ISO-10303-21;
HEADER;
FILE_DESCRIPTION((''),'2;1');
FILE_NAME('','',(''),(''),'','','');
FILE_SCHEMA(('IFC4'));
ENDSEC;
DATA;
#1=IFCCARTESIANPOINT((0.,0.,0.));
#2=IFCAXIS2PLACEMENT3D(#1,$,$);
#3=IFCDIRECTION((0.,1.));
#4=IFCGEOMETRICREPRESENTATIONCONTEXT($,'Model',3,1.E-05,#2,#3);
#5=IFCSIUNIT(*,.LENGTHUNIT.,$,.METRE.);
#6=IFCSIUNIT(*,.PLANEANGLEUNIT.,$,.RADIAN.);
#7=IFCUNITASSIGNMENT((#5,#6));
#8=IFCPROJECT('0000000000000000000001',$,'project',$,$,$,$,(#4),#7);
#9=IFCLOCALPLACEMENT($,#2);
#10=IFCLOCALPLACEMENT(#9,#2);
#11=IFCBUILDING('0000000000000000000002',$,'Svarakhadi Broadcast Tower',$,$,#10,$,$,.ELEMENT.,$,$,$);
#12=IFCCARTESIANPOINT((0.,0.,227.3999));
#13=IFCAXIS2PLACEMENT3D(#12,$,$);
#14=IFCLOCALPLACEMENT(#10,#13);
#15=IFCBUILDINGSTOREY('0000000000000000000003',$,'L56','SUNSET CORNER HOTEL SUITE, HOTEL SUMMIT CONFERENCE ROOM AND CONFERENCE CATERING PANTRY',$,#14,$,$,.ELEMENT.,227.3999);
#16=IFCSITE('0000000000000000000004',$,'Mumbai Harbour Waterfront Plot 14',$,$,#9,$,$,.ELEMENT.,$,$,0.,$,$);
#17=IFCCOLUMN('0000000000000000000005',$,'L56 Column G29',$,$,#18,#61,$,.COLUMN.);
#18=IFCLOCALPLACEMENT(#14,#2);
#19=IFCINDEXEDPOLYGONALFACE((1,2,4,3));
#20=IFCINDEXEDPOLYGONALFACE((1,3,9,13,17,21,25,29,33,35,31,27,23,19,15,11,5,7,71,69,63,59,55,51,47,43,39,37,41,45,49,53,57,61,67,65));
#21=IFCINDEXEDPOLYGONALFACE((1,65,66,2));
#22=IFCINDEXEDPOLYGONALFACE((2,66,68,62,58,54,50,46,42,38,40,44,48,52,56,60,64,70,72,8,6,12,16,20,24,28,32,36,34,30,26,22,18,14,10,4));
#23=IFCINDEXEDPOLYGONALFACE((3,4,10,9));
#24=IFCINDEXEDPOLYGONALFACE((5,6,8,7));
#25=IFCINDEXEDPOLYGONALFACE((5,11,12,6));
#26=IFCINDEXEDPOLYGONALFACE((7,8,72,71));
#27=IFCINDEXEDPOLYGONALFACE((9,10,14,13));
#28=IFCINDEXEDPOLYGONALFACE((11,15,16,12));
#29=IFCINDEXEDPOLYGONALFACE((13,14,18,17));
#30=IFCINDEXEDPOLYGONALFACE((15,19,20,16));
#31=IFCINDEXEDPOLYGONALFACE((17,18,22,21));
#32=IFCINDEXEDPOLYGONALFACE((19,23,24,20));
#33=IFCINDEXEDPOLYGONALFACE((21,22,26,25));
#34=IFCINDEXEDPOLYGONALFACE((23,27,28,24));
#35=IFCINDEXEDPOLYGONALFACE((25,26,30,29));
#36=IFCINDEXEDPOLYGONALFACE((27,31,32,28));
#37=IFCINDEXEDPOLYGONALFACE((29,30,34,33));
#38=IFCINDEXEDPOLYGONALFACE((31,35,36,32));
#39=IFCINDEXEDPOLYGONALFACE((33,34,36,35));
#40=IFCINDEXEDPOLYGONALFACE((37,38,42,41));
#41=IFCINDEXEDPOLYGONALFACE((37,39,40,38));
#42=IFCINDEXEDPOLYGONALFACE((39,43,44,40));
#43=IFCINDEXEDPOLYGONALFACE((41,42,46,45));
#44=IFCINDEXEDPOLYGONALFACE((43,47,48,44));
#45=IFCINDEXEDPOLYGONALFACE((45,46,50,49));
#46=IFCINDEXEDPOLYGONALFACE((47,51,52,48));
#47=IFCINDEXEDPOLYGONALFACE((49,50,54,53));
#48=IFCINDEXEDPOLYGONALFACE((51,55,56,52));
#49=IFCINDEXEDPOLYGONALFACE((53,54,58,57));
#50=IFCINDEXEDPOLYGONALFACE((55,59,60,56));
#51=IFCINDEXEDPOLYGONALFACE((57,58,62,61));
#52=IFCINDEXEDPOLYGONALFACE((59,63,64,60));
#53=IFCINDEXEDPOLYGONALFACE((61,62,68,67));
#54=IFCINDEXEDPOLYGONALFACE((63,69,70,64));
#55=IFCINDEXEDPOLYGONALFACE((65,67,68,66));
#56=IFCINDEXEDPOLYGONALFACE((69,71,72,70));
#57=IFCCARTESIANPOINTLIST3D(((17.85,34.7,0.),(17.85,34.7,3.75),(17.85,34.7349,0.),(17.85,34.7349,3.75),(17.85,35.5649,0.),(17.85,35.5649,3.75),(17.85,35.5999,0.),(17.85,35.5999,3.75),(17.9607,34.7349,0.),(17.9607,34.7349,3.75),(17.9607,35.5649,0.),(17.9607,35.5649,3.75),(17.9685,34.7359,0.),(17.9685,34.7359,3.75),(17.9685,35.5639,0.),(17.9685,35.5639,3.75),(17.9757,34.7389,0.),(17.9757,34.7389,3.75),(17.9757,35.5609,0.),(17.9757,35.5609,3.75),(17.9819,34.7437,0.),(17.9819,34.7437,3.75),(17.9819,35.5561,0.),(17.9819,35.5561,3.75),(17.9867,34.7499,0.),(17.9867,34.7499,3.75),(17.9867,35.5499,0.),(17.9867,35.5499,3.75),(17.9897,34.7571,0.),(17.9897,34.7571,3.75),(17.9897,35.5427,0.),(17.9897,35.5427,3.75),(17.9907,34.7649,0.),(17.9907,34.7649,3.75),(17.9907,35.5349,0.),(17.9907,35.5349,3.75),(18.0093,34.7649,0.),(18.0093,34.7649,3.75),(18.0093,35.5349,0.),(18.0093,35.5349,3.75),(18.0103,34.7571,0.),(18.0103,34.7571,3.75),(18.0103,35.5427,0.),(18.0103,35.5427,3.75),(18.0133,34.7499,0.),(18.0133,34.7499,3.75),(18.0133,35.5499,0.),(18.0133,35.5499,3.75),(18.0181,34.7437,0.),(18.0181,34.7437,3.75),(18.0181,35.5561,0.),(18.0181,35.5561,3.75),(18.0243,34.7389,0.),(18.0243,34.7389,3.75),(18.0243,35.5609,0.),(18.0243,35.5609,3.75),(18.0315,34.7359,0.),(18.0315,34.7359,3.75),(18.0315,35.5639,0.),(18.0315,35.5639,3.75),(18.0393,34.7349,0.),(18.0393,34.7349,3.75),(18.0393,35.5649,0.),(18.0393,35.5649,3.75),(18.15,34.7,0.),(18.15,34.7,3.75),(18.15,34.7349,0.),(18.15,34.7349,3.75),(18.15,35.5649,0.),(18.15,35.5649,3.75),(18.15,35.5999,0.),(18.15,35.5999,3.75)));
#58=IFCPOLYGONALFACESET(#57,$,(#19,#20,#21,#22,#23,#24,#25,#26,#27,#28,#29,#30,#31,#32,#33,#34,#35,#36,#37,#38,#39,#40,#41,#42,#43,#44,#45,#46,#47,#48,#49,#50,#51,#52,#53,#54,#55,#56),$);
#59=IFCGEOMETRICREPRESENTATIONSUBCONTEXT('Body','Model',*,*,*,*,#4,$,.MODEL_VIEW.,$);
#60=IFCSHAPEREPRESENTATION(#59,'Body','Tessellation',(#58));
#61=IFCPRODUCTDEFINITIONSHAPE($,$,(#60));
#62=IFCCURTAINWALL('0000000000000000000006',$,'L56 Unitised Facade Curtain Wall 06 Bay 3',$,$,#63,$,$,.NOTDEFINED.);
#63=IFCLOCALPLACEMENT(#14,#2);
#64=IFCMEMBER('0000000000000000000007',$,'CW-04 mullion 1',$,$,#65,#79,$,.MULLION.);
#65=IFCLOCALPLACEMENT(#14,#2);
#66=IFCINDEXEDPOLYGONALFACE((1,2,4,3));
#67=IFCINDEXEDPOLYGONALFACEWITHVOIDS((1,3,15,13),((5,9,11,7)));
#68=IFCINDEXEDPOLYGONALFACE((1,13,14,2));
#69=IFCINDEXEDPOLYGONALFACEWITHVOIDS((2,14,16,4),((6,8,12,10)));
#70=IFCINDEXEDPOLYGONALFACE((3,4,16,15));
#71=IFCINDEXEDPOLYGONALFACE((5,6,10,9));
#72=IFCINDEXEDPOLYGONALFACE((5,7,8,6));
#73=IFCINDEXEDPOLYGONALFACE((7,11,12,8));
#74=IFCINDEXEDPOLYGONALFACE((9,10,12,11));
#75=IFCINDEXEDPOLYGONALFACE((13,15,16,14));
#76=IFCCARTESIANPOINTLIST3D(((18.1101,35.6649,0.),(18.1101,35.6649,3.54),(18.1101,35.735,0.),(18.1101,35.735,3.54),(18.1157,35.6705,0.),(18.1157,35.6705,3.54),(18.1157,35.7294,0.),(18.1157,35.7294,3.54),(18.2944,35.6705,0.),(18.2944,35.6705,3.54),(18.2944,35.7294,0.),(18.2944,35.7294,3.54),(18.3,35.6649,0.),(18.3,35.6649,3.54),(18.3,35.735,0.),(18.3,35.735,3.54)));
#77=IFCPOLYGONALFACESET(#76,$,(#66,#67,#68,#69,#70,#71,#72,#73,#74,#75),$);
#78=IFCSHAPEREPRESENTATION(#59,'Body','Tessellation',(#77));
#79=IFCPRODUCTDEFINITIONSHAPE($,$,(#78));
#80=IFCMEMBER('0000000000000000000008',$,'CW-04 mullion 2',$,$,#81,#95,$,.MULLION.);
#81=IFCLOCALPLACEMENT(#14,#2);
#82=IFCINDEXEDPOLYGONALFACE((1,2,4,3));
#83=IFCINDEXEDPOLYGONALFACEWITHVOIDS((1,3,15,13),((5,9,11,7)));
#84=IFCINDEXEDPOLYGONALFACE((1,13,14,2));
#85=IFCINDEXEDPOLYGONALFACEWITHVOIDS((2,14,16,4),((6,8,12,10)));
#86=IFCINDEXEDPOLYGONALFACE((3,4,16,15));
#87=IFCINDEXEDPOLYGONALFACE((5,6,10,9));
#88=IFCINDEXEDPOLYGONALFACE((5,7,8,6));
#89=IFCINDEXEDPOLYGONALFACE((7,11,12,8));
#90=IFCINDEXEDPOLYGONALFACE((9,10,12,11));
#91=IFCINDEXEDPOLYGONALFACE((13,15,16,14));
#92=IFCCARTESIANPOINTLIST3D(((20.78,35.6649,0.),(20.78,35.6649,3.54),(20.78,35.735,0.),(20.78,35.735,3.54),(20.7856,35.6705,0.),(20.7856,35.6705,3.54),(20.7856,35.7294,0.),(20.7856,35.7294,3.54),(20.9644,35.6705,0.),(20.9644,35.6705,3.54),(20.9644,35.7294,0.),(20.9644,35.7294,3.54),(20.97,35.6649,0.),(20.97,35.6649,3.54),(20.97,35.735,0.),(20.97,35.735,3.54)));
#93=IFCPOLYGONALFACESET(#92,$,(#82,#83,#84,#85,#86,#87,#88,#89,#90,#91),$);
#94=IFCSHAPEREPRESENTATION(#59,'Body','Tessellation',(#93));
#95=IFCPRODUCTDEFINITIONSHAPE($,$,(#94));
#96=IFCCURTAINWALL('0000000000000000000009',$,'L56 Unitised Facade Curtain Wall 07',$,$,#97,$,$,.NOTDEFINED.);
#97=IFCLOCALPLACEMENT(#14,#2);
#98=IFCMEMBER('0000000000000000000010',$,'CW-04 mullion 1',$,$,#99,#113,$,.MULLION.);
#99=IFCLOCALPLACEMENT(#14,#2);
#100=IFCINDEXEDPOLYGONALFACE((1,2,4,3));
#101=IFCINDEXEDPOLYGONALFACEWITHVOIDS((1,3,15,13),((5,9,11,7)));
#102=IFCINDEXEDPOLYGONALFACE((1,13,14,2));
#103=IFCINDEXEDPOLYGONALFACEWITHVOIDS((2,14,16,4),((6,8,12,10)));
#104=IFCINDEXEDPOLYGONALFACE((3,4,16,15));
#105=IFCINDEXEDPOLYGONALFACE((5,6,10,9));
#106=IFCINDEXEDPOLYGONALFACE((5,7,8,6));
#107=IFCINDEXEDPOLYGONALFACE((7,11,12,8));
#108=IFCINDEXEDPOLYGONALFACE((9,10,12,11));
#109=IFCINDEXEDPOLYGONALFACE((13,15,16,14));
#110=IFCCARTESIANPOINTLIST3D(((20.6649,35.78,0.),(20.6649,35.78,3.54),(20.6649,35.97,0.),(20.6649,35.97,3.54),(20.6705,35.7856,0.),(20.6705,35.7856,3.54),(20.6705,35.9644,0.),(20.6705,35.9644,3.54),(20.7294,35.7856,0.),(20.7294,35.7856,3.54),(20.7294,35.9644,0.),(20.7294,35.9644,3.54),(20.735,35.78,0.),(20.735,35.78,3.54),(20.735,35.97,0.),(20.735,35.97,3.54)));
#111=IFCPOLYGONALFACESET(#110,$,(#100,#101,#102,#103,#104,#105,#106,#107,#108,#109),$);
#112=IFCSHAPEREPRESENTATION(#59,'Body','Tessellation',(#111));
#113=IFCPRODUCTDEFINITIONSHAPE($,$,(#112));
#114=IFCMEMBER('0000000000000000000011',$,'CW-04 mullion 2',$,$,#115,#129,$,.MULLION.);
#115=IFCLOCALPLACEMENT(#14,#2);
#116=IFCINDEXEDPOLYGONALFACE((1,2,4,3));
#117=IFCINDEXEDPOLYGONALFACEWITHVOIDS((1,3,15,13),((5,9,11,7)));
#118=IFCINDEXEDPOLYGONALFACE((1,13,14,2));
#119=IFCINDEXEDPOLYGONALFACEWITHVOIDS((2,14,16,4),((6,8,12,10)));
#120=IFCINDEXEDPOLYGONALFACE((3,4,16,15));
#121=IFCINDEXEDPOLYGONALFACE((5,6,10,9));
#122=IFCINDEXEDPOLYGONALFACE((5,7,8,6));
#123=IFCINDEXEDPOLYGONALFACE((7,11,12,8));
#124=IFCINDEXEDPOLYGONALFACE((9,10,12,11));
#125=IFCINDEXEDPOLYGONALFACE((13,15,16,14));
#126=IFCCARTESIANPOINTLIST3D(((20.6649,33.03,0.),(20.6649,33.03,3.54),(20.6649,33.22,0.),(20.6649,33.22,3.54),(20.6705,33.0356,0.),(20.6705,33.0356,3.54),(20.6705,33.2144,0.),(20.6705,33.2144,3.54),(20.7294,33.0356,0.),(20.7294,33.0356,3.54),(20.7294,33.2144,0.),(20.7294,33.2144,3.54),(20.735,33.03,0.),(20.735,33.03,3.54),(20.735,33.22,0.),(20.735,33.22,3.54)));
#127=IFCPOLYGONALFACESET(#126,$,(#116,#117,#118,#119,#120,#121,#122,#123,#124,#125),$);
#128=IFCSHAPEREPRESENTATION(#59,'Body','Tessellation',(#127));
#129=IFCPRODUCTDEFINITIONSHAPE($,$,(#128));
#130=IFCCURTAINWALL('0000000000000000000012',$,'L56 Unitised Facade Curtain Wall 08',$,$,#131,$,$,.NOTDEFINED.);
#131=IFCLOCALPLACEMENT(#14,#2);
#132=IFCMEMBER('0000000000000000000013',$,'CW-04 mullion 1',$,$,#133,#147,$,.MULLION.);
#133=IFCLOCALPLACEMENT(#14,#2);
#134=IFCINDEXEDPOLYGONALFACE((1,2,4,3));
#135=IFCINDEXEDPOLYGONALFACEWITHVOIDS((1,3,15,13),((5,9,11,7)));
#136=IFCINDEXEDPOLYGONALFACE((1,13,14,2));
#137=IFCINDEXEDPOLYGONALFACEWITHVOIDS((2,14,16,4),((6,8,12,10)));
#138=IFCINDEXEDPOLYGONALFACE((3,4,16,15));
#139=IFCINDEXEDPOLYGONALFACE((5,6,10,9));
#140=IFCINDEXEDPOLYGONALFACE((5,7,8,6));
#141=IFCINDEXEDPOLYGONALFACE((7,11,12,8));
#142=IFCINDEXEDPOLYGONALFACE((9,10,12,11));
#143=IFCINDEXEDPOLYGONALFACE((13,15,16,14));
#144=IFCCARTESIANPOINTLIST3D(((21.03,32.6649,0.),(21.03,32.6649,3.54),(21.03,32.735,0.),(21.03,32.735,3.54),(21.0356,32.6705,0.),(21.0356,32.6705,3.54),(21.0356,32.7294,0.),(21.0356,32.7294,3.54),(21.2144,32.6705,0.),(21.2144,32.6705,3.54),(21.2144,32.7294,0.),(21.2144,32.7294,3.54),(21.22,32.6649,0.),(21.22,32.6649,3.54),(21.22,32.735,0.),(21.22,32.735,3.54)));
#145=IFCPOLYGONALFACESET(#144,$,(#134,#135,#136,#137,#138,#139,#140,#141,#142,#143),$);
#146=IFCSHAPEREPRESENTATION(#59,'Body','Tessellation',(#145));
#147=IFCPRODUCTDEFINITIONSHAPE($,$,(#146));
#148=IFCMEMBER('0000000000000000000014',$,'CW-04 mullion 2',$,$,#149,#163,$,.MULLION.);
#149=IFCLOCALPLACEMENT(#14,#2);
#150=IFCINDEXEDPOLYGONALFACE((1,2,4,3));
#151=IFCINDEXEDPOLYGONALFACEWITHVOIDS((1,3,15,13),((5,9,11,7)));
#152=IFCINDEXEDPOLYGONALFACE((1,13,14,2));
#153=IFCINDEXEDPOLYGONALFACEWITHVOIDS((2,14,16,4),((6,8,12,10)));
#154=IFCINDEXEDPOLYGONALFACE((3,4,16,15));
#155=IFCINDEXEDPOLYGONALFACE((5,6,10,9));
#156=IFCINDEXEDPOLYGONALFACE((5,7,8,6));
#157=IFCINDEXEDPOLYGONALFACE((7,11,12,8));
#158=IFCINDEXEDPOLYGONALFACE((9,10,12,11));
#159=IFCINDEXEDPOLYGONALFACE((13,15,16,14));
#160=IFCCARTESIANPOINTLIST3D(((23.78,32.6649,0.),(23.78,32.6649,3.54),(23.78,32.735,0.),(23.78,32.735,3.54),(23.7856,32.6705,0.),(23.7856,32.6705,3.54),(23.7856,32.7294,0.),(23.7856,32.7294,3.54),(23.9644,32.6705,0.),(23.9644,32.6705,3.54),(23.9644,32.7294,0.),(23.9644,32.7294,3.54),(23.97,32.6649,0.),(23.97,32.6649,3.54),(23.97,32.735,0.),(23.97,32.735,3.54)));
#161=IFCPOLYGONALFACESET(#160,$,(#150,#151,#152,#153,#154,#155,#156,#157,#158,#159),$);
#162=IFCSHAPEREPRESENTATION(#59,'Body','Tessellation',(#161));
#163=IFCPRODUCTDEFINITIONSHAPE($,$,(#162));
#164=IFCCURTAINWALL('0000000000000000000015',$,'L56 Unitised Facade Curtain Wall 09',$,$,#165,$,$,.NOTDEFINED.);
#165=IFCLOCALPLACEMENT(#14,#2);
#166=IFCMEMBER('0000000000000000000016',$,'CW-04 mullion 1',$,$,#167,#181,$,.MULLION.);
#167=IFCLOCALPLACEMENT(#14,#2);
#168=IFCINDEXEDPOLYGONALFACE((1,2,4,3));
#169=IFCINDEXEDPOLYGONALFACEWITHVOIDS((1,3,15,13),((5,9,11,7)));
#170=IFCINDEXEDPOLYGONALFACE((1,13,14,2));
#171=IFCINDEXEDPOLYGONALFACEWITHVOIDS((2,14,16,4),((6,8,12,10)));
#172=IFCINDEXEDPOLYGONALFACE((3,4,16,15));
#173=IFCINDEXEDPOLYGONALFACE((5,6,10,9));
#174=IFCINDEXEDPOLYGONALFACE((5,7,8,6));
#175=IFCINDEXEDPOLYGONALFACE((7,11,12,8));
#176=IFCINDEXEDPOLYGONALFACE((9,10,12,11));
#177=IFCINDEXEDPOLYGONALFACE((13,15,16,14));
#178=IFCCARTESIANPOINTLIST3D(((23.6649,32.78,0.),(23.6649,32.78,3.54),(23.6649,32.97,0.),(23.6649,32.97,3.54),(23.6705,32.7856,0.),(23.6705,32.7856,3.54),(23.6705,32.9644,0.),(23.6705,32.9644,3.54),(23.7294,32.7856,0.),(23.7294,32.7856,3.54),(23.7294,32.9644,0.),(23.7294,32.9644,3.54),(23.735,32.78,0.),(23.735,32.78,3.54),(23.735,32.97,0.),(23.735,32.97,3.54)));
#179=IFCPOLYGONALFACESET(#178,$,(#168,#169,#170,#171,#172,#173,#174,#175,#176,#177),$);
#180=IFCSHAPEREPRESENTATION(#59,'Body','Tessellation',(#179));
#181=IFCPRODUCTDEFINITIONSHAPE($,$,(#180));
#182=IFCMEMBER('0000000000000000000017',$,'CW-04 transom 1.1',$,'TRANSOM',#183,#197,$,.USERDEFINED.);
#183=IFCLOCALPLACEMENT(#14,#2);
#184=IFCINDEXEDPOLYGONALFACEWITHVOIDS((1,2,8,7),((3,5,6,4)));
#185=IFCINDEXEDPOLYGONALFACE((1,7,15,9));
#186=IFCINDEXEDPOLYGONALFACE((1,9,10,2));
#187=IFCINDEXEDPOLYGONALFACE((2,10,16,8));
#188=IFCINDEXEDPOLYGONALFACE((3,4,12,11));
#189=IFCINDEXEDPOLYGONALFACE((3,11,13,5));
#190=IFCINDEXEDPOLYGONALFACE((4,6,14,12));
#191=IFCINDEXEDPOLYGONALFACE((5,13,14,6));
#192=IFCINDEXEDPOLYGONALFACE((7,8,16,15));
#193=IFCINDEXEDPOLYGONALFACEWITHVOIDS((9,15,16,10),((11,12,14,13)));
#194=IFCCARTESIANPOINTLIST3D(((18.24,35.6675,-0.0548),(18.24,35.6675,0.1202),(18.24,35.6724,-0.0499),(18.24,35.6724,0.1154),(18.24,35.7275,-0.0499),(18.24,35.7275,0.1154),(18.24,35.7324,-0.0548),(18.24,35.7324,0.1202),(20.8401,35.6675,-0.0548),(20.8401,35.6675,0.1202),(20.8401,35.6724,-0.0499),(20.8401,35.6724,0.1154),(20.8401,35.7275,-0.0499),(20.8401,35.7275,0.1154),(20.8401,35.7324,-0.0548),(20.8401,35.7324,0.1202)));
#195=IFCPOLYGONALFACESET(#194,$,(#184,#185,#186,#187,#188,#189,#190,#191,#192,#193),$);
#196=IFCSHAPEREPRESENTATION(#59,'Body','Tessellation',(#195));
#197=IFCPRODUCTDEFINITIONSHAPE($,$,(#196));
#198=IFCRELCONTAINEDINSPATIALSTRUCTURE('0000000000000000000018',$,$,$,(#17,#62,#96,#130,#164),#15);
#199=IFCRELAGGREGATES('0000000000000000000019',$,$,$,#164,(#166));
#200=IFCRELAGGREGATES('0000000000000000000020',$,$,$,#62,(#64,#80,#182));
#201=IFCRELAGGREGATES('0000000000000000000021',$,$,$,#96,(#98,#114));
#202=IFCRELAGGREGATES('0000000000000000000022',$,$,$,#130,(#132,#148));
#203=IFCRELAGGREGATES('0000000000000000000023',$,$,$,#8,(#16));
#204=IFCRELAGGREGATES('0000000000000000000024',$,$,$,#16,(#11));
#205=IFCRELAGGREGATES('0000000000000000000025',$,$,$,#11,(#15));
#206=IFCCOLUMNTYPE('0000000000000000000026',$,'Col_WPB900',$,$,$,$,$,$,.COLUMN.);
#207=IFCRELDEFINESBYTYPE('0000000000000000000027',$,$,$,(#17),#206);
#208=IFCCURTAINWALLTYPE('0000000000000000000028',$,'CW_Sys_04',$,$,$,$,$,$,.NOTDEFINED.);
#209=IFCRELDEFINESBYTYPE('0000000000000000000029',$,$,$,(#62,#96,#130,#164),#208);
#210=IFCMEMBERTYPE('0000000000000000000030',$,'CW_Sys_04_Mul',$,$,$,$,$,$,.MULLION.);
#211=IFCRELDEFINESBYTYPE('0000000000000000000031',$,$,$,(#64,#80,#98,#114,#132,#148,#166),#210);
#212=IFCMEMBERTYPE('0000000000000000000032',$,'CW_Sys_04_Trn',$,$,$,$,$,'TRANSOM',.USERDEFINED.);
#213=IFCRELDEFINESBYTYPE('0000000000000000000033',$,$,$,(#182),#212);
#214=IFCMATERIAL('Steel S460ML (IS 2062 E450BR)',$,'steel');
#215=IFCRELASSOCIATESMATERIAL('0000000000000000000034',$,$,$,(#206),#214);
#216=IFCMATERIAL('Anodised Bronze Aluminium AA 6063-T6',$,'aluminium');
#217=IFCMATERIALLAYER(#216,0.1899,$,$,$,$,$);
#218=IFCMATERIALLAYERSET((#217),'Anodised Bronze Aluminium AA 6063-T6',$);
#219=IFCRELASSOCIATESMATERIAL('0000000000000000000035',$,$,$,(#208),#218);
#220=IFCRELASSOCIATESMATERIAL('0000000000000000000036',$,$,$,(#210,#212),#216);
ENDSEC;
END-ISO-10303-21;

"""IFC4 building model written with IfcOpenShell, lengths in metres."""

from ifc_helpers import new_model, si_unit, direction, frame, origin, origin_2d, place, context, subcontext, project, spatial, hollow_rectangle, i_section, extrude, material, layer, layer_set, material_profile, profile_set, type_object, element, aggregate, save


model = new_model("IFC4")

# Units and contexts
model_context = context("Model", 3, precision=1e-05, world=origin(), true_north=direction((0.0, 1.0)))
body_context = subcontext(model_context, "Body", "Model", "MODEL_VIEW")
ifc_project = project(units=[si_unit("LENGTHUNIT", "METRE"), si_unit("PLANEANGLEUNIT", "RADIAN")], contexts=[model_context])

# Site, building, storey
site_placement = place(None, origin())
site = spatial("IfcSite", under=ifc_project, at=site_placement, Name="Mumbai Harbour Waterfront Plot 14", CompositionType="ELEMENT", RefElevation=0.0)
building_placement = place(site_placement, origin())
building = spatial("IfcBuilding", under=site, at=building_placement, Name="Svarakhadi Broadcast Tower", CompositionType="ELEMENT")
storey_placement = place(building_placement, frame((0.0, 0.0, 227.3999)))
storey = spatial("IfcBuildingStorey", under=building, at=storey_placement, Name="L56", Description="SUNSET CORNER HOTEL SUITE, HOTEL SUMMIT CONFERENCE ROOM AND CONFERENCE CATERING PANTRY", CompositionType="ELEMENT", Elevation=227.3999)

# Column
ifc_material_1 = material(Name="Steel S460ML (IS 2062 E450BR)", Category="steel")
ifc_material_profile_1 = material_profile(ifc_material_1, i_section(OverallWidth=0.3, OverallDepth=0.8999, WebThickness=0.0186, FlangeThickness=0.0349, FilletRadius=0.03, at=origin_2d()), Name="WPB 900x300x291")
ifc_profile_set_1 = profile_set([ifc_material_profile_1], Name="Steel S460ML (IS 2062 E450BR)")
column_type = type_object("IfcColumnType", Name="Col_WPB900", PredefinedType="COLUMN", material=ifc_profile_set_1)
column_placement = place(storey_placement, frame((18.0, 35.1499, 0.0), z_axis=(0.0, 0.0, 1.0), x_axis=(1.0, 0.0, 0.0)))
element("IfcColumn", 1, at=column_placement, inside=storey, type_object=column_type, Name="L56 Column G29", PredefinedType="COLUMN", context=body_context, shape_type="SweptSolid", body=[
    extrude(i_section(OverallWidth=0.3, OverallDepth=0.8999, WebThickness=0.0186, FlangeThickness=0.0349, FilletRadius=0.03, at=origin_2d()), origin(), (0.0, 0.0, 1.0), 3.75),
])

# Curtain walls, members
ifc_material_2 = material(Name="Anodised Bronze Aluminium AA 6063-T6", Category="aluminium")
ifc_layer_1 = layer(ifc_material_2, 0.1899)
ifc_layer_set_1 = layer_set([ifc_layer_1], Name="Anodised Bronze Aluminium AA 6063-T6")
curtain_wall_type = type_object("IfcCurtainWallType", Name="CW_Sys_04", PredefinedType="NOTDEFINED", material=ifc_layer_set_1)
curtain_wall_1_placement = place(storey_placement, origin())
curtain_wall_1 = element("IfcCurtainWall", 2, at=curtain_wall_1_placement, inside=storey, type_object=curtain_wall_type, Name="L56 Unitised Facade Curtain Wall 06 Bay 3", PredefinedType="NOTDEFINED")
ifc_material_profile_2 = material_profile(ifc_material_2, hollow_rectangle(XDim=0.0701, YDim=0.1899, WallThickness=0.0056, at=origin_2d()), Name="ALU MULLION 190x70x6")
ifc_profile_set_2 = profile_set([ifc_material_profile_2], Name="Anodised Bronze Aluminium AA 6063-T6")
member_type_1 = type_object("IfcMemberType", Name="CW_Sys_04_Mul", PredefinedType="MULLION", material=ifc_profile_set_2)
member_1_placement = place(storey_placement, frame((18.2051, 35.7, 0.0), z_axis=(0.0, 0.0, 1.0), x_axis=(0.0, 1.0, 0.0)))
member_1 = element("IfcMember", 3, at=member_1_placement, type_object=member_type_1, Name="CW-04 mullion 1", PredefinedType="MULLION", context=body_context, shape_type="SweptSolid", body=[
    extrude(hollow_rectangle(XDim=0.0701, YDim=0.1899, WallThickness=0.0056, at=origin_2d()), origin(), (0.0, 0.0, 1.0), 3.54),
])
member_2_placement = place(storey_placement, frame((20.875, 35.7, 0.0), z_axis=(0.0, 0.0, 1.0), x_axis=(0.0, 1.0, 0.0)))
member_2 = element("IfcMember", 4, at=member_2_placement, type_object=member_type_1, Name="CW-04 mullion 2", PredefinedType="MULLION", context=body_context, shape_type="SweptSolid", body=[
    extrude(hollow_rectangle(XDim=0.0701, YDim=0.1899, WallThickness=0.0056, at=origin_2d()), origin(), (0.0, 0.0, 1.0), 3.54),
])
curtain_wall_2_placement = place(storey_placement, origin())
curtain_wall_2 = element("IfcCurtainWall", 5, at=curtain_wall_2_placement, inside=storey, type_object=curtain_wall_type, Name="L56 Unitised Facade Curtain Wall 07", PredefinedType="NOTDEFINED")
member_3_placement = place(storey_placement, frame((20.7, 35.875, 0.0), z_axis=(0.0, 0.0, 1.0), x_axis=(1.0, 0.0, 0.0)))
member_3 = element("IfcMember", 6, at=member_3_placement, type_object=member_type_1, Name="CW-04 mullion 1", PredefinedType="MULLION", context=body_context, shape_type="SweptSolid", body=[
    extrude(hollow_rectangle(XDim=0.0701, YDim=0.1899, WallThickness=0.0056, at=origin_2d()), origin(), (0.0, 0.0, 1.0), 3.54),
])
member_4_placement = place(storey_placement, frame((20.7, 33.125, 0.0), z_axis=(0.0, 0.0, 1.0), x_axis=(1.0, 0.0, 0.0)))
member_4 = element("IfcMember", 7, at=member_4_placement, type_object=member_type_1, Name="CW-04 mullion 2", PredefinedType="MULLION", context=body_context, shape_type="SweptSolid", body=[
    extrude(hollow_rectangle(XDim=0.0701, YDim=0.1899, WallThickness=0.0056, at=origin_2d()), origin(), (0.0, 0.0, 1.0), 3.54),
])
curtain_wall_3_placement = place(storey_placement, origin())
curtain_wall_3 = element("IfcCurtainWall", 8, at=curtain_wall_3_placement, inside=storey, type_object=curtain_wall_type, Name="L56 Unitised Facade Curtain Wall 08", PredefinedType="NOTDEFINED")
member_5_placement = place(storey_placement, frame((21.125, 32.7, 0.0), z_axis=(0.0, 0.0, 1.0), x_axis=(0.0, 1.0, 0.0)))
member_5 = element("IfcMember", 9, at=member_5_placement, type_object=member_type_1, Name="CW-04 mullion 1", PredefinedType="MULLION", context=body_context, shape_type="SweptSolid", body=[
    extrude(hollow_rectangle(XDim=0.0701, YDim=0.1899, WallThickness=0.0056, at=origin_2d()), origin(), (0.0, 0.0, 1.0), 3.54),
])
member_6_placement = place(storey_placement, frame((23.875, 32.7, 0.0), z_axis=(0.0, 0.0, 1.0), x_axis=(0.0, 1.0, 0.0)))
member_6 = element("IfcMember", 10, at=member_6_placement, type_object=member_type_1, Name="CW-04 mullion 2", PredefinedType="MULLION", context=body_context, shape_type="SweptSolid", body=[
    extrude(hollow_rectangle(XDim=0.0701, YDim=0.1899, WallThickness=0.0056, at=origin_2d()), origin(), (0.0, 0.0, 1.0), 3.54),
])

# Curtain wall, member
curtain_wall_4_placement = place(storey_placement, origin())
curtain_wall_4 = element("IfcCurtainWall", 11, at=curtain_wall_4_placement, inside=storey, type_object=curtain_wall_type, Name="L56 Unitised Facade Curtain Wall 09", PredefinedType="NOTDEFINED")
member_7_placement = place(storey_placement, frame((23.7, 32.875, 0.0), z_axis=(0.0, 0.0, 1.0), x_axis=(1.0, 0.0, 0.0)))
member_7 = element("IfcMember", 12, at=member_7_placement, type_object=member_type_1, Name="CW-04 mullion 1", PredefinedType="MULLION", context=body_context, shape_type="SweptSolid", body=[
    extrude(hollow_rectangle(XDim=0.0701, YDim=0.1899, WallThickness=0.0056, at=origin_2d()), origin(), (0.0, 0.0, 1.0), 3.54),
])

# Member
ifc_material_profile_3 = material_profile(ifc_material_2, hollow_rectangle(XDim=0.0649, YDim=0.175, WallThickness=0.0049, at=origin_2d()), Name="ALU TRANSOM 175x65x5")
ifc_profile_set_3 = profile_set([ifc_material_profile_3], Name="Anodised Bronze Aluminium AA 6063-T6")
member_type_2 = type_object("IfcMemberType", Name="CW_Sys_04_Trn", ElementType="TRANSOM", PredefinedType="USERDEFINED", material=ifc_profile_set_3)
member_8_placement = place(storey_placement, frame((18.24, 35.7, 0.0327), z_axis=(1.0, 0.0, 0.0), x_axis=(0.0, 1.0, 0.0)))
member_8 = element("IfcMember", 13, at=member_8_placement, type_object=member_type_2, Name="CW-04 transom 1.1", ObjectType="TRANSOM", PredefinedType="USERDEFINED", context=body_context, shape_type="SweptSolid", body=[
    extrude(hollow_rectangle(XDim=0.0649, YDim=0.175, WallThickness=0.0049, at=origin_2d()), origin(), (0.0, 0.0, 1.0), 2.6001),
])
aggregate(curtain_wall_4, [member_7])

aggregate(curtain_wall_1, [member_1, member_2, member_8])
aggregate(curtain_wall_2, [member_3, member_4])
aggregate(curtain_wall_3, [member_5, member_6])

save(model, "model.ifc")
